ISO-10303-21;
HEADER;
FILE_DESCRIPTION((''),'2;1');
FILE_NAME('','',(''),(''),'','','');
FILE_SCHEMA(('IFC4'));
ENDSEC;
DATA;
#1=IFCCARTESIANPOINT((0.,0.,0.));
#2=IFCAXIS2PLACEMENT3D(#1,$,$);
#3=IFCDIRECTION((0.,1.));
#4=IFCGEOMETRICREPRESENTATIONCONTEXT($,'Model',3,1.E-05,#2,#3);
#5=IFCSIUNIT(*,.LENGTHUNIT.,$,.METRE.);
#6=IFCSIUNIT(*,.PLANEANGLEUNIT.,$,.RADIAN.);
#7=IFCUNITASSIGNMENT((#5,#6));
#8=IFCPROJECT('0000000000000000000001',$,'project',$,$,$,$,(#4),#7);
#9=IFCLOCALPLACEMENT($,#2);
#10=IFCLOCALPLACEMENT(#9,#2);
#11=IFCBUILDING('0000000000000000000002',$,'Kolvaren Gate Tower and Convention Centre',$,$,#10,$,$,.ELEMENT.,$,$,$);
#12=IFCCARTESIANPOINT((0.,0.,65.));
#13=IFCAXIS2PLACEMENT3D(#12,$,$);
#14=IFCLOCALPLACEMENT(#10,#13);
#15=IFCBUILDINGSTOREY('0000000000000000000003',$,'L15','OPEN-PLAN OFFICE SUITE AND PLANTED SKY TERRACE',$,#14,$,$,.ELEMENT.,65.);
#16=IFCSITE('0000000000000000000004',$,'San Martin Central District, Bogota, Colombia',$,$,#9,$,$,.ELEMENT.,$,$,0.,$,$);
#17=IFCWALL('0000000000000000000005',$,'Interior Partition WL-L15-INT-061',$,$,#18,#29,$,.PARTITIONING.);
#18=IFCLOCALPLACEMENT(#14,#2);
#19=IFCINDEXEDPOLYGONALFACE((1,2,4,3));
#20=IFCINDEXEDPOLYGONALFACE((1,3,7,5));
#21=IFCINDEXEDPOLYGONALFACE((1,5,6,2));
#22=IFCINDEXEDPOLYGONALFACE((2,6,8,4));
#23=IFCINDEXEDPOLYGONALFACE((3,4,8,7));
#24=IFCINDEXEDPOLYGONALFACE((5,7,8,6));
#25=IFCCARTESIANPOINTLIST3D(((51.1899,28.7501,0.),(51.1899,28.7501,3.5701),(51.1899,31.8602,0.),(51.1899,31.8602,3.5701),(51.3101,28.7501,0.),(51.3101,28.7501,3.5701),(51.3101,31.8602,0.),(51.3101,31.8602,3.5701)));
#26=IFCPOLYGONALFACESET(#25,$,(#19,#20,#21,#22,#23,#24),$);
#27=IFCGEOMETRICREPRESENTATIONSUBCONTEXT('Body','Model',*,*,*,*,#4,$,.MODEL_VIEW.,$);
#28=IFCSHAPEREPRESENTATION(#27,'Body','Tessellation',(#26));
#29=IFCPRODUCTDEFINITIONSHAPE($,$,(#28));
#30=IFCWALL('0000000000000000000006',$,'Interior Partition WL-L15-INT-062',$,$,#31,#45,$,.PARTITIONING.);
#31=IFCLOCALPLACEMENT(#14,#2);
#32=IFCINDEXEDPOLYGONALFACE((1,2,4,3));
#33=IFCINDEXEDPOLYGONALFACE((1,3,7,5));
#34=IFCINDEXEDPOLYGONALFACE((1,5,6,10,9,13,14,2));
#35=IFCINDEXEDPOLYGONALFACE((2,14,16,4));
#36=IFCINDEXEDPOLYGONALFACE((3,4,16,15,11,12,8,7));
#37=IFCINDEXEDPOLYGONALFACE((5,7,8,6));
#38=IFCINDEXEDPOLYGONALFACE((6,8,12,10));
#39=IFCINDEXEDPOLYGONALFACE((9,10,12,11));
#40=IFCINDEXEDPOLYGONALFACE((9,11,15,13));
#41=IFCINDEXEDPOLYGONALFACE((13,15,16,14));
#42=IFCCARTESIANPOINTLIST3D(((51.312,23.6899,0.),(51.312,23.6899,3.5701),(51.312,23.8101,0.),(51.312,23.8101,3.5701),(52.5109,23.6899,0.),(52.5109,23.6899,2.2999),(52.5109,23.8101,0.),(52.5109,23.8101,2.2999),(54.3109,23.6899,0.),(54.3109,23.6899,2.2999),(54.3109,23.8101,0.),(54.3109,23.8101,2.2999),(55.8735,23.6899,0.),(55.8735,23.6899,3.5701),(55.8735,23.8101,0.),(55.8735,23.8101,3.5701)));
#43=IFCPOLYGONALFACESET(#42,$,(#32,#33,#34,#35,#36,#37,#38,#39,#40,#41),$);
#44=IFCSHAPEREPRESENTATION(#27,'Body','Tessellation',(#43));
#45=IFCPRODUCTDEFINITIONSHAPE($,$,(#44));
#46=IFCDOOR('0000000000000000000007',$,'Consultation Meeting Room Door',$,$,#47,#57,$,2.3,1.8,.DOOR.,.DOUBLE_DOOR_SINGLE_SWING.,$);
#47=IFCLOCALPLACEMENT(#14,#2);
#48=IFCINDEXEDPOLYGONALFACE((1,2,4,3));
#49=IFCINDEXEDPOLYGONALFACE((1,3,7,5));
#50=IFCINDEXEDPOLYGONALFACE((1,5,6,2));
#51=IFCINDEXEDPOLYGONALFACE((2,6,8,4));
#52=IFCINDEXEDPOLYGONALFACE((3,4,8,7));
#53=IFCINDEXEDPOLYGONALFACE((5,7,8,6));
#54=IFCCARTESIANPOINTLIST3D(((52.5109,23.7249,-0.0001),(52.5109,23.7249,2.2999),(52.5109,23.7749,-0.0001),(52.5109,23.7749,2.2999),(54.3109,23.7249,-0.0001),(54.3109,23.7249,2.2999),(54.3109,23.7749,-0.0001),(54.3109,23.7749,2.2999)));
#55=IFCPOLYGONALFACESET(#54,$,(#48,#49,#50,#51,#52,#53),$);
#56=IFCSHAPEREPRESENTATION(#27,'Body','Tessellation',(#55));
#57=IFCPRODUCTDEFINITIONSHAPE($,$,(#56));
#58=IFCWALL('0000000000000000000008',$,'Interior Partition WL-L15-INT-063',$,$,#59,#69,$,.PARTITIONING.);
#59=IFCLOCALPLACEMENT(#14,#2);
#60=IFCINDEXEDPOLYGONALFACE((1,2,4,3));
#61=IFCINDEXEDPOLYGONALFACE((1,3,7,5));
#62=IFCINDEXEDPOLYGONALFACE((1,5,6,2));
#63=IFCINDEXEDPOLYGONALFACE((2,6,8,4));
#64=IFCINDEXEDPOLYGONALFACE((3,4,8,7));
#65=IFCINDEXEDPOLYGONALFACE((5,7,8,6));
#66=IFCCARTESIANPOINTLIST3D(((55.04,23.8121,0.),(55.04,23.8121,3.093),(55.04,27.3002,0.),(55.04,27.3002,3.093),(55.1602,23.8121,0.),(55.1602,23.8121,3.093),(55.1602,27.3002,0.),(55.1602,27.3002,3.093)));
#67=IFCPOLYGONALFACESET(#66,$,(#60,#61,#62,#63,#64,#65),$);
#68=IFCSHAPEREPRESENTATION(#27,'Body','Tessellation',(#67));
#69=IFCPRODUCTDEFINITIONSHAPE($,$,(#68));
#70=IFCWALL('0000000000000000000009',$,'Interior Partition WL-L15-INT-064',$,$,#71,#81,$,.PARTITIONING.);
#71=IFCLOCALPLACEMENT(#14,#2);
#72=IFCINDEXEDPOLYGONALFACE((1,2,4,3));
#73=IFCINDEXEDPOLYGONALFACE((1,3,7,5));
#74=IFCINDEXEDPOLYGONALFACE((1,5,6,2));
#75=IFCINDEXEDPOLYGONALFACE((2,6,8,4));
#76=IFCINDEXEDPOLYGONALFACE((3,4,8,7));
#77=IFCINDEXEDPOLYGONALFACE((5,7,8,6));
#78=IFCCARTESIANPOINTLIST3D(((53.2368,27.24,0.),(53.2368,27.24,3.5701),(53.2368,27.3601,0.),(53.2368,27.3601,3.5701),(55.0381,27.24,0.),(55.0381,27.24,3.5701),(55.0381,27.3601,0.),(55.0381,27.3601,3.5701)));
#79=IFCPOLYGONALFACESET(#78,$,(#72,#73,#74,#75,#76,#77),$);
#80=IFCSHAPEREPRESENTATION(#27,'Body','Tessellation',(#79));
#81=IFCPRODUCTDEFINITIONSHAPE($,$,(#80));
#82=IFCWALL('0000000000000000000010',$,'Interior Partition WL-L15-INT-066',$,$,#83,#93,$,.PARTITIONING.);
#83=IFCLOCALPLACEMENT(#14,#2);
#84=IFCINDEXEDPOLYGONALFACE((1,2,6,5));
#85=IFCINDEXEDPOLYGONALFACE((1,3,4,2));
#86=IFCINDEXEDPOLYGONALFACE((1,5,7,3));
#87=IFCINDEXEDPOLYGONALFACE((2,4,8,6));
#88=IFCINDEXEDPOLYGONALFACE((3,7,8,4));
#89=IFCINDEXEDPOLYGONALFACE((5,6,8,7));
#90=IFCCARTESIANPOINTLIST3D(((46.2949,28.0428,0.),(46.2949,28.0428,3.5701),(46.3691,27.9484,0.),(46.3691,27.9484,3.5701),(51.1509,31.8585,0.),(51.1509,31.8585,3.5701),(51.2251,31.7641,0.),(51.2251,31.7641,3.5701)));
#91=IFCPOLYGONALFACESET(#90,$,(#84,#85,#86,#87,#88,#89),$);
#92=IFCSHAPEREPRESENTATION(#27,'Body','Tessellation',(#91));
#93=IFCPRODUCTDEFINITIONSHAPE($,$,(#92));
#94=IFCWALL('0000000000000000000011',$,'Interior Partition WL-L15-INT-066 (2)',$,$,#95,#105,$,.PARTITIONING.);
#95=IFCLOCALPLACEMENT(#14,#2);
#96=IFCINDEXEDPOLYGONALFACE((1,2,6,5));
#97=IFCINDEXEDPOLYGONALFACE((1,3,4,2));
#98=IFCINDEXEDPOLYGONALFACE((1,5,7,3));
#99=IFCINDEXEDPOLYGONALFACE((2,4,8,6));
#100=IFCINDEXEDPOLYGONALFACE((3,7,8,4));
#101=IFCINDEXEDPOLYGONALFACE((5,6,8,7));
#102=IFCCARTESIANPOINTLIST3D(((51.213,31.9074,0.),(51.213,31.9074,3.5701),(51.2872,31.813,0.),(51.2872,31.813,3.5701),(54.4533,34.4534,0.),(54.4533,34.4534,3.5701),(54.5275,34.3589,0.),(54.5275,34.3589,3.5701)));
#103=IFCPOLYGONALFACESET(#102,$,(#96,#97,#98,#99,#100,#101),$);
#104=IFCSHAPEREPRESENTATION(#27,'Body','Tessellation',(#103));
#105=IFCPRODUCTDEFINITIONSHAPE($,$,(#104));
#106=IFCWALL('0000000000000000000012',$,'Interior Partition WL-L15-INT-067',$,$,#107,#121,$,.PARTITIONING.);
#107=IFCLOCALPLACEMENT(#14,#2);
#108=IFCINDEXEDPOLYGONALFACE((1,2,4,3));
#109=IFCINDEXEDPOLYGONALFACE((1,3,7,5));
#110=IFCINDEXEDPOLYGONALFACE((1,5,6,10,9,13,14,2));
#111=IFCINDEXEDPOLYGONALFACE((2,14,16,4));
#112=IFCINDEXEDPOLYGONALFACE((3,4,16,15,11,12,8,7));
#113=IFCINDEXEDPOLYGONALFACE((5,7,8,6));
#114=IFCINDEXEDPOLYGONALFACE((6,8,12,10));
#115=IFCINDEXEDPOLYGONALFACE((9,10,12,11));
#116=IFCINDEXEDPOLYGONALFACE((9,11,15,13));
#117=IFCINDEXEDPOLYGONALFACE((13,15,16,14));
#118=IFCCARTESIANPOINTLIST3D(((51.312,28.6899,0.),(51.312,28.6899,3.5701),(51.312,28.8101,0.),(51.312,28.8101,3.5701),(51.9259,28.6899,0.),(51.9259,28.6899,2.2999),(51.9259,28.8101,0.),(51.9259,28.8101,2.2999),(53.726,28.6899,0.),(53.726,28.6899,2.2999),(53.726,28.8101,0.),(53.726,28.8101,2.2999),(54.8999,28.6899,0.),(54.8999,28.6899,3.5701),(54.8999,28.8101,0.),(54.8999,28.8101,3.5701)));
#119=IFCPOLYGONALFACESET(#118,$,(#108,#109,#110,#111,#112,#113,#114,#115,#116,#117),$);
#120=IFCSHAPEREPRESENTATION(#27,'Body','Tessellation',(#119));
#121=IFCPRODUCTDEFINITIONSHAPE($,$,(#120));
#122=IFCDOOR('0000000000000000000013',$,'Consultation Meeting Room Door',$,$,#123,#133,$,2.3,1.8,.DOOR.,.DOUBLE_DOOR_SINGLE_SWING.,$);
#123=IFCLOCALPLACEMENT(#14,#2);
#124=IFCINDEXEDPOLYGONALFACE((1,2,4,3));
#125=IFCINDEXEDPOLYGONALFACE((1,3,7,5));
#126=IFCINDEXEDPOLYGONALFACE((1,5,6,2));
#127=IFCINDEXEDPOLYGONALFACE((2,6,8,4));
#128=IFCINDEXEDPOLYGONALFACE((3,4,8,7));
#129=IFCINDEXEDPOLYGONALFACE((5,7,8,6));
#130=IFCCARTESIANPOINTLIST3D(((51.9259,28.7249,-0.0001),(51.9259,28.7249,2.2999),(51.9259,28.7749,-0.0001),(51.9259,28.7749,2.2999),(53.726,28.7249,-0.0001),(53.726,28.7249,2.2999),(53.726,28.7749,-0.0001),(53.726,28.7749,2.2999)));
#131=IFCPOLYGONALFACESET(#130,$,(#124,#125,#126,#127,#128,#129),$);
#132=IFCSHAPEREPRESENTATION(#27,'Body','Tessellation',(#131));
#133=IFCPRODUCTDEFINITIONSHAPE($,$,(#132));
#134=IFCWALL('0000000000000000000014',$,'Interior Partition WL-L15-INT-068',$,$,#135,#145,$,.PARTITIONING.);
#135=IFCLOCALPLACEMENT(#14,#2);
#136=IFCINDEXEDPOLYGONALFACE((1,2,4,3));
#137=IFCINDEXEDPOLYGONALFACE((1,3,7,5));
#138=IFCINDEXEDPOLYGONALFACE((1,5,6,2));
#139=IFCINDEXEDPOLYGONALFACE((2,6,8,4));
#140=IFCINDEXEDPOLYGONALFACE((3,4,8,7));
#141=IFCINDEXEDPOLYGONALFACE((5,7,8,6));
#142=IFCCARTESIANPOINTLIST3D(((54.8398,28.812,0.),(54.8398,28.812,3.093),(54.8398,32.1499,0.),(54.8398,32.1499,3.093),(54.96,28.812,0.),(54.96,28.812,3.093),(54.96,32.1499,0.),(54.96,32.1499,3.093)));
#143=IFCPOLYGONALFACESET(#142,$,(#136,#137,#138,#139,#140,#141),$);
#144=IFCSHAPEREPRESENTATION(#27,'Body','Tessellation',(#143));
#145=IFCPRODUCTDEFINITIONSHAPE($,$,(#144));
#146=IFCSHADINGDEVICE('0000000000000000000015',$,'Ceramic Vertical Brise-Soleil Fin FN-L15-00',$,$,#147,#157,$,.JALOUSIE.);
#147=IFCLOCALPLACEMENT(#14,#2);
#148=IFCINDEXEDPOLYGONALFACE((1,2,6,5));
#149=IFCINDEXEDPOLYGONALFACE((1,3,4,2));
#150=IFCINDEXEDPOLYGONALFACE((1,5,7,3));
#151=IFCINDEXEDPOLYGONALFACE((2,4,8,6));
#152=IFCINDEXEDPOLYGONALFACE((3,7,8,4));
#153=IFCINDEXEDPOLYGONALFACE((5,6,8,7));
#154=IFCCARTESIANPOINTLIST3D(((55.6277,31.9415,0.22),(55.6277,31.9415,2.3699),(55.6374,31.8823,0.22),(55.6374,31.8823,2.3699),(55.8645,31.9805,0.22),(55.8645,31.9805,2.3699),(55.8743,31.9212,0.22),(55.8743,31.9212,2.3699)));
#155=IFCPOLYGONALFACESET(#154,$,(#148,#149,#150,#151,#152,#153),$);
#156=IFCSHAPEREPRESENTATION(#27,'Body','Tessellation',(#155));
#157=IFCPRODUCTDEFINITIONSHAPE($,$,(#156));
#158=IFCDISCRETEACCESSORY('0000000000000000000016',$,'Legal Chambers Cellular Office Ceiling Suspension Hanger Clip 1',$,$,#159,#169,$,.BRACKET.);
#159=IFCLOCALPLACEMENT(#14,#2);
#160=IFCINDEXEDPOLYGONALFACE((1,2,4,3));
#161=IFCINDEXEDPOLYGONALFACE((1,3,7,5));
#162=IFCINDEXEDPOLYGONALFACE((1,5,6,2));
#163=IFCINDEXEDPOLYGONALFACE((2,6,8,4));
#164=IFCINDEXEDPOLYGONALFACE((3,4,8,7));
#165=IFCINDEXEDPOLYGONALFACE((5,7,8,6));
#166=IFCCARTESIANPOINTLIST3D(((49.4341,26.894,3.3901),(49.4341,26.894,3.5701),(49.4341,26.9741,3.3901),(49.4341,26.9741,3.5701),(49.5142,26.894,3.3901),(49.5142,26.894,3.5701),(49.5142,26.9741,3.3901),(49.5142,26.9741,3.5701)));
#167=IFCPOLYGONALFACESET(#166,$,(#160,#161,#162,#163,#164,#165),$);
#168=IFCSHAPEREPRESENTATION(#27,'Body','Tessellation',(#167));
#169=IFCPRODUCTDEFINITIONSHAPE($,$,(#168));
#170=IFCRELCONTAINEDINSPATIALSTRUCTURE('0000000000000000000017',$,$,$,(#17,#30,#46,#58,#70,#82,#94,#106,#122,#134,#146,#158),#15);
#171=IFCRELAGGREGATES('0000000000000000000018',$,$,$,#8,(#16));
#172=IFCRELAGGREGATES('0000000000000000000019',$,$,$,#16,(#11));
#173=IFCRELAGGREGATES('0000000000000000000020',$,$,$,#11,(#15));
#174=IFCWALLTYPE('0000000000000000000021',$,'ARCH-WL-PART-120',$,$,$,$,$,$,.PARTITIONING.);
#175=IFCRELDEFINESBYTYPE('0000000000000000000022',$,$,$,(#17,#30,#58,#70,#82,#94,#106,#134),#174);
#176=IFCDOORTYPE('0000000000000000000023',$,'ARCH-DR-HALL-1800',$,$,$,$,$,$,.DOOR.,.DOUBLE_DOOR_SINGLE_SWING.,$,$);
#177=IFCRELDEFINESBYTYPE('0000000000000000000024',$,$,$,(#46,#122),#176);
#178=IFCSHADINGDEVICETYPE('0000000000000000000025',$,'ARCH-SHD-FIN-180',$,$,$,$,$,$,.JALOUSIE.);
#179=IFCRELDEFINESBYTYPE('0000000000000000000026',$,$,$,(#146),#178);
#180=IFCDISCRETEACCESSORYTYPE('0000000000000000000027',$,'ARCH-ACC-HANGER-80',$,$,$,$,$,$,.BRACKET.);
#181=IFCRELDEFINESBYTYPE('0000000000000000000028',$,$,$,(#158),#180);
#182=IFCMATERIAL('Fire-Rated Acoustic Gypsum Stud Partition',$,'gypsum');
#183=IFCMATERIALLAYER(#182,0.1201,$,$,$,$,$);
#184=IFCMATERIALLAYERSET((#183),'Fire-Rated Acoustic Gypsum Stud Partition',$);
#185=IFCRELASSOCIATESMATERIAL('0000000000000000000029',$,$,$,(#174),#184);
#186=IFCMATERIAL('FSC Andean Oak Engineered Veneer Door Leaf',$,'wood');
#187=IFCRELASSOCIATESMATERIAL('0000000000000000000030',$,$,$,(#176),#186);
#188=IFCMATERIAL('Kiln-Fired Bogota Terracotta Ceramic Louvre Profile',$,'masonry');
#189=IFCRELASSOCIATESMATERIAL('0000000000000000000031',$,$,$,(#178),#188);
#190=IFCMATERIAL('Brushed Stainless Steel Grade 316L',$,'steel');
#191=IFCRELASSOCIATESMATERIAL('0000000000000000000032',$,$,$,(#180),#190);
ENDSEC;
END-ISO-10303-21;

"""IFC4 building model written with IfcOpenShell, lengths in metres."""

from ifc_helpers import new_model, si_unit, direction, frame, frame_2d, origin, origin_2d, place, context, subcontext, project, spatial, rectangle, extrude, material, layer, layer_set, type_object, element, fill, save


model = new_model("IFC4")

# Units and contexts
model_context = context("Model", 3, precision=1e-05, world=origin(), true_north=direction((0.0, 1.0)))
body_context = subcontext(model_context, "Body", "Model", "MODEL_VIEW")
ifc_project = project(units=[si_unit("LENGTHUNIT", "METRE"), si_unit("PLANEANGLEUNIT", "RADIAN")], contexts=[model_context])

# Site, building, storey
site_placement = place(None, origin())
site = spatial("IfcSite", under=ifc_project, at=site_placement, Name="San Martin Central District, Bogota, Colombia", CompositionType="ELEMENT", RefElevation=0.0)
building_placement = place(site_placement, origin())
building = spatial("IfcBuilding", under=site, at=building_placement, Name="Kolvaren Gate Tower and Convention Centre", CompositionType="ELEMENT")
storey_placement = place(building_placement, frame((0.0, 0.0, 65.0)))
storey = spatial("IfcBuildingStorey", under=building, at=storey_placement, Name="L15", Description="OPEN-PLAN OFFICE SUITE AND PLANTED SKY TERRACE", CompositionType="ELEMENT", Elevation=65.0)

# Wall
ifc_material_1 = material(Name="Fire-Rated Acoustic Gypsum Stud Partition", Category="gypsum")
ifc_layer = layer(ifc_material_1, 0.1201)
ifc_layer_set = layer_set([ifc_layer], Name="Fire-Rated Acoustic Gypsum Stud Partition")
wall_type = type_object("IfcWallType", Name="ARCH-WL-PART-120", PredefinedType="PARTITIONING", material=ifc_layer_set)
wall_1_placement = place(storey_placement, frame((51.25, 28.75, 0.0), z_axis=(0.0, 0.0, 1.0), x_axis=(0.0, 1.0, 0.0)))
element("IfcWall", 1, at=wall_1_placement, inside=storey, type_object=wall_type, Name="Interior Partition WL-L15-INT-061", PredefinedType="PARTITIONING", context=body_context, shape_type="SweptSolid", body=[
    extrude(rectangle(XDim=3.1101, YDim=0.1201, at=frame_2d((1.5552, 0.0))), origin(), (0.0, 0.0, 1.0), 3.5701),
])

# Wall, opening, door
wall_2_placement = place(storey_placement, frame((51.312, 23.75, 0.0), z_axis=(0.0, 0.0, 1.0), x_axis=(1.0, 0.0, 0.0)))
wall_2 = element("IfcWall", 2, at=wall_2_placement, inside=storey, type_object=wall_type, Name="Interior Partition WL-L15-INT-062", PredefinedType="PARTITIONING", context=body_context, shape_type="SweptSolid", body=[
    extrude(rectangle(XDim=4.5615, YDim=0.1201, at=frame_2d((2.2808, 0.0))), origin(), (0.0, 0.0, 1.0), 3.5701),
])
opening_1_placement = place(wall_2_placement, frame((1.199, 0.0, 0.0)))
opening_1 = element("IfcOpeningElement", 3, at=opening_1_placement, cuts=wall_2, PredefinedType="OPENING", context=body_context, shape_type="SweptSolid", body=[
    extrude(rectangle(XDim=1.8, YDim=2.3, at=frame_2d((0.8999, 1.1499))), frame((0.0, 0.0701, 0.0), z_axis=(0.0, -1.0, 0.0), x_axis=(1.0, 0.0, 0.0)), (0.0, 0.0, 1.0), 0.1401),
])
ifc_material_2 = material(Name="FSC Andean Oak Engineered Veneer Door Leaf", Category="wood")
door_type = type_object("IfcDoorType", Name="ARCH-DR-HALL-1800", OperationType="DOUBLE_DOOR_SINGLE_SWING", PredefinedType="DOOR", material=ifc_material_2)
door_1_placement = place(opening_1_placement, origin())
door_1 = element("IfcDoor", 4, at=door_1_placement, inside=storey, type_object=door_type, Name="Consultation Meeting Room Door", OperationType="DOUBLE_DOOR_SINGLE_SWING", OverallHeight=2.3, OverallWidth=1.8, PredefinedType="DOOR", context=body_context, shape_type="SweptSolid", body=[
    extrude(rectangle(XDim=1.8, YDim=2.3, at=frame_2d((0.8999, 1.1499))), frame((0.0, 0.0249, 0.0), z_axis=(0.0, -1.0, 0.0), x_axis=(1.0, 0.0, 0.0)), (0.0, 0.0, 1.0), 0.05),
])
fill(opening_1, door_1)

# Walls
wall_3_placement = place(storey_placement, frame((55.1001, 23.812, 0.0), z_axis=(0.0, 0.0, 1.0), x_axis=(0.0, 1.0, 0.0)))
element("IfcWall", 5, at=wall_3_placement, inside=storey, type_object=wall_type, Name="Interior Partition WL-L15-INT-063", PredefinedType="PARTITIONING", context=body_context, shape_type="SweptSolid", body=[
    extrude(rectangle(XDim=3.488, YDim=0.1201, at=frame_2d((1.7441, 0.0))), origin(), (0.0, 0.0, 1.0), 3.093),
])
wall_4_placement = place(storey_placement, frame((53.2368, 27.3, 0.0), z_axis=(0.0, 0.0, 1.0), x_axis=(1.0, 0.0, 0.0)))
element("IfcWall", 6, at=wall_4_placement, inside=storey, type_object=wall_type, Name="Interior Partition WL-L15-INT-064", PredefinedType="PARTITIONING", context=body_context, shape_type="SweptSolid", body=[
    extrude(rectangle(XDim=1.8013, YDim=0.1201, at=frame_2d((0.9006, 0.0))), origin(), (0.0, 0.0, 1.0), 3.5701),
])
wall_5_placement = place(storey_placement, frame((46.332, 27.9956, 0.0), z_axis=(0.0, 0.0, 1.0), x_axis=(0.786296, 0.617849, 0.0)))
element("IfcWall", 7, at=wall_5_placement, inside=storey, type_object=wall_type, Name="Interior Partition WL-L15-INT-066", PredefinedType="PARTITIONING", context=body_context, shape_type="SweptSolid", body=[
    extrude(rectangle(XDim=6.1758, YDim=0.1201, at=frame_2d((3.0879, 0.0))), origin(), (0.0, 0.0, 1.0), 3.5701),
])
wall_6_placement = place(storey_placement, frame((51.25, 31.8601, 0.0), z_axis=(0.0, 0.0, 1.0), x_axis=(0.786318, 0.617822, 0.0)))
element("IfcWall", 8, at=wall_6_placement, inside=storey, type_object=wall_type, Name="Interior Partition WL-L15-INT-066 (2)", PredefinedType="PARTITIONING", context=body_context, shape_type="SweptSolid", body=[
    extrude(rectangle(XDim=4.1208, YDim=0.1201, at=frame_2d((2.0605, 0.0))), origin(), (0.0, 0.0, 1.0), 3.5701),
])

# Wall, opening, door
wall_7_placement = place(storey_placement, frame((51.312, 28.75, 0.0), z_axis=(0.0, 0.0, 1.0), x_axis=(1.0, 0.0, 0.0)))
wall_7 = element("IfcWall", 9, at=wall_7_placement, inside=storey, type_object=wall_type, Name="Interior Partition WL-L15-INT-067", PredefinedType="PARTITIONING", context=body_context, shape_type="SweptSolid", body=[
    extrude(rectangle(XDim=3.5879, YDim=0.1201, at=frame_2d((1.7939, 0.0))), origin(), (0.0, 0.0, 1.0), 3.5701),
])
opening_2_placement = place(wall_7_placement, frame((0.614, 0.0, 0.0)))
opening_2 = element("IfcOpeningElement", 10, at=opening_2_placement, cuts=wall_7, PredefinedType="OPENING", context=body_context, shape_type="SweptSolid", body=[
    extrude(rectangle(XDim=1.8, YDim=2.3, at=frame_2d((0.8999, 1.1499))), frame((0.0, 0.0701, 0.0), z_axis=(0.0, -1.0, 0.0), x_axis=(1.0, 0.0, 0.0)), (0.0, 0.0, 1.0), 0.1401),
])
door_2_placement = place(opening_2_placement, origin())
door_2 = element("IfcDoor", 11, at=door_2_placement, inside=storey, type_object=door_type, Name="Consultation Meeting Room Door", OperationType="DOUBLE_DOOR_SINGLE_SWING", OverallHeight=2.3, OverallWidth=1.8, PredefinedType="DOOR", context=body_context, shape_type="SweptSolid", body=[
    extrude(rectangle(XDim=1.8, YDim=2.3, at=frame_2d((0.8999, 1.1499))), frame((0.0, 0.0249, 0.0), z_axis=(0.0, -1.0, 0.0), x_axis=(1.0, 0.0, 0.0)), (0.0, 0.0, 1.0), 0.05),
])
fill(opening_2, door_2)

# Wall
wall_8_placement = place(storey_placement, frame((54.8999, 28.812, 0.0), z_axis=(0.0, 0.0, 1.0), x_axis=(0.0, 1.0, 0.0)))
element("IfcWall", 12, at=wall_8_placement, inside=storey, type_object=wall_type, Name="Interior Partition WL-L15-INT-068", PredefinedType="PARTITIONING", context=body_context, shape_type="SweptSolid", body=[
    extrude(rectangle(XDim=3.3379, YDim=0.1201, at=frame_2d((1.6689, 0.0))), origin(), (0.0, 0.0, 1.0), 3.093),
])

# Shading device
ifc_material_3 = material(Name="Kiln-Fired Bogota Terracotta Ceramic Louvre Profile", Category="masonry")
shading_device_type = type_object("IfcShadingDeviceType", Name="ARCH-SHD-FIN-180", PredefinedType="JALOUSIE", material=ifc_material_3)
shading_device_placement = place(storey_placement, frame((55.751, 31.9314, 0.22), z_axis=(0.0, 0.0, 1.0), x_axis=(0.162375, -0.986729, 0.0)))
element("IfcShadingDevice", 13, at=shading_device_placement, inside=storey, type_object=shading_device_type, Name="Ceramic Vertical Brise-Soleil Fin FN-L15-00", PredefinedType="JALOUSIE", context=body_context, shape_type="SweptSolid", body=[
    extrude(rectangle(XDim=0.0601, YDim=0.24, at=origin_2d()), origin(), (0.0, 0.0, 1.0), 2.1499),
])

# Discrete accessory
ifc_material_4 = material(Name="Brushed Stainless Steel Grade 316L", Category="steel")
discrete_accessory_type = type_object("IfcDiscreteAccessoryType", Name="ARCH-ACC-HANGER-80", PredefinedType="BRACKET", material=ifc_material_4)
discrete_accessory_placement = place(storey_placement, frame((49.4741, 26.9341, 3.3901), z_axis=(0.0, 0.0, 1.0), x_axis=(1.0, 0.0, 0.0)))
element("IfcDiscreteAccessory", 14, at=discrete_accessory_placement, inside=storey, type_object=discrete_accessory_type, Name="Legal Chambers Cellular Office Ceiling Suspension Hanger Clip 1", PredefinedType="BRACKET", context=body_context, shape_type="SweptSolid", body=[
    extrude(rectangle(XDim=0.0801, YDim=0.0801, at=origin_2d()), origin(), (0.0, 0.0, 1.0), 0.1799),
])

save(model, "model.ifc")
